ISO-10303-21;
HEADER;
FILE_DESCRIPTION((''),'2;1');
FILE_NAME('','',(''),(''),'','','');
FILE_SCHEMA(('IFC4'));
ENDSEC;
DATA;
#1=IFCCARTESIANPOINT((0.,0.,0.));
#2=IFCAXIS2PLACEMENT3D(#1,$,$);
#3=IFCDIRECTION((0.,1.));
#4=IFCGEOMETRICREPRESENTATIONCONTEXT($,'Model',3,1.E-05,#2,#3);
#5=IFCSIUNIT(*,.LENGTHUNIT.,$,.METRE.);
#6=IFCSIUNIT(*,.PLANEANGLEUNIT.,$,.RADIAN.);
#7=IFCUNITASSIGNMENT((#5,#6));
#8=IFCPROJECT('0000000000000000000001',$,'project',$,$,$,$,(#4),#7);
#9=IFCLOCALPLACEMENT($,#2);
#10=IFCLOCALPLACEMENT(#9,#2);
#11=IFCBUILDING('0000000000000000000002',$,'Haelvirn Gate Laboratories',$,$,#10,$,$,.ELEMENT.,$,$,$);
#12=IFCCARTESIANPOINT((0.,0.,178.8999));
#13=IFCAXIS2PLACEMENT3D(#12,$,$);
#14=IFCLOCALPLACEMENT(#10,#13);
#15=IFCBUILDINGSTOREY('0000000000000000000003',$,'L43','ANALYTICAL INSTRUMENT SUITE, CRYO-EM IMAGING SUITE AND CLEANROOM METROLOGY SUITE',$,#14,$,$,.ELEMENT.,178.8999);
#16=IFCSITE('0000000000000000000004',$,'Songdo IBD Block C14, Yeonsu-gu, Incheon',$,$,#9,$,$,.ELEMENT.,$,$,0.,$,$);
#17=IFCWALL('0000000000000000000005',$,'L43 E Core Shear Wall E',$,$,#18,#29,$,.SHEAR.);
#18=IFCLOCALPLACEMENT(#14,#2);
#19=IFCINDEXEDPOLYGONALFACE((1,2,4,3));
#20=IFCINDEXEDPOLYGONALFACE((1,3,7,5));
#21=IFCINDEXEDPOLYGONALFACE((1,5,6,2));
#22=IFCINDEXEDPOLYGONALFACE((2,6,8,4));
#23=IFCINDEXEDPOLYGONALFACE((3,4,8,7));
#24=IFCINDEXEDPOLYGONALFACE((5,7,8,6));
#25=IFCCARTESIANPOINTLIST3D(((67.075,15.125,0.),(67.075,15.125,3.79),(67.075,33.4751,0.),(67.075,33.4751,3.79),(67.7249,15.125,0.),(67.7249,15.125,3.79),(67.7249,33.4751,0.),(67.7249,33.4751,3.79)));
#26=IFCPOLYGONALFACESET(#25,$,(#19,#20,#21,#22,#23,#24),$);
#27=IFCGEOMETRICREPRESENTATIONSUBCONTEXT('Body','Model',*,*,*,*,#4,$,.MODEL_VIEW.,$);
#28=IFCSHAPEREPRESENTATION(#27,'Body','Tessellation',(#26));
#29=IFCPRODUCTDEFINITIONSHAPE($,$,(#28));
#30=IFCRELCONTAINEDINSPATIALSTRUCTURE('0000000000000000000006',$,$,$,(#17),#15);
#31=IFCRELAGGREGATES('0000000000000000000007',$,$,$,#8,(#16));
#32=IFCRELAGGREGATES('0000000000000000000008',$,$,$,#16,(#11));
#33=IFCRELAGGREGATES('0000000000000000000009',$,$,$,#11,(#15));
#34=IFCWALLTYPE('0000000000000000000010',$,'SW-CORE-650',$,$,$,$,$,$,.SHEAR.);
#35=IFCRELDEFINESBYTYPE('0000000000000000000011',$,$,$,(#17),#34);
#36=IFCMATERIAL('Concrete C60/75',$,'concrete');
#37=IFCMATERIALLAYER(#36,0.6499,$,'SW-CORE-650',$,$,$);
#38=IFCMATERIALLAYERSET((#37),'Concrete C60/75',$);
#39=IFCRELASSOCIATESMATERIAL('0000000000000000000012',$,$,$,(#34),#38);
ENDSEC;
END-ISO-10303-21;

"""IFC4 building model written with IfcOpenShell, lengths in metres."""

from ifc_helpers import new_model, si_unit, direction, frame, frame_2d, origin, place, context, subcontext, project, spatial, rectangle, extrude, material, layer, layer_set, type_object, element, save


model = new_model("IFC4")

# Units and contexts
model_context = context("Model", 3, precision=1e-05, world=origin(), true_north=direction((0.0, 1.0)))
body_context = subcontext(model_context, "Body", "Model", "MODEL_VIEW")
ifc_project = project(units=[si_unit("LENGTHUNIT", "METRE"), si_unit("PLANEANGLEUNIT", "RADIAN")], contexts=[model_context])

# Site, building, storey
site_placement = place(None, origin())
site = spatial("IfcSite", under=ifc_project, at=site_placement, Name="Songdo IBD Block C14, Yeonsu-gu, Incheon", CompositionType="ELEMENT", RefElevation=0.0)
building_placement = place(site_placement, origin())
building = spatial("IfcBuilding", under=site, at=building_placement, Name="Haelvirn Gate Laboratories", CompositionType="ELEMENT")
storey_placement = place(building_placement, frame((0.0, 0.0, 178.8999)))
storey = spatial("IfcBuildingStorey", under=building, at=storey_placement, Name="L43", Description="ANALYTICAL INSTRUMENT SUITE, CRYO-EM IMAGING SUITE AND CLEANROOM METROLOGY SUITE", CompositionType="ELEMENT", Elevation=178.8999)

# Shared definitions
ifc_material_1 = material(Name="Concrete C60/75", Category="concrete")

# Wall
ifc_layer_1 = layer(ifc_material_1, 0.6499, Name="SW-CORE-650")
ifc_layer_set_1 = layer_set([ifc_layer_1], Name="Concrete C60/75")
wall_type_1 = type_object("IfcWallType", Name="SW-CORE-650", PredefinedType="SHEAR", material=ifc_layer_set_1)
wall_1_placement = place(storey_placement, frame((67.3999, 15.125, 0.0), z_axis=(0.0, 0.0, 1.0), x_axis=(0.0, 1.0, 0.0)))
element("IfcWall", 1, at=wall_1_placement, inside=storey, type_object=wall_type_1, Name="L43 E Core Shear Wall E", PredefinedType="SHEAR", context=body_context, shape_type="SweptSolid", body=[
    extrude(rectangle(XDim=18.3501, YDim=0.6499, at=frame_2d((9.175, 0.0))), origin(), (0.0, 0.0, 1.0), 3.79),
])

save(model, "model.ifc")
